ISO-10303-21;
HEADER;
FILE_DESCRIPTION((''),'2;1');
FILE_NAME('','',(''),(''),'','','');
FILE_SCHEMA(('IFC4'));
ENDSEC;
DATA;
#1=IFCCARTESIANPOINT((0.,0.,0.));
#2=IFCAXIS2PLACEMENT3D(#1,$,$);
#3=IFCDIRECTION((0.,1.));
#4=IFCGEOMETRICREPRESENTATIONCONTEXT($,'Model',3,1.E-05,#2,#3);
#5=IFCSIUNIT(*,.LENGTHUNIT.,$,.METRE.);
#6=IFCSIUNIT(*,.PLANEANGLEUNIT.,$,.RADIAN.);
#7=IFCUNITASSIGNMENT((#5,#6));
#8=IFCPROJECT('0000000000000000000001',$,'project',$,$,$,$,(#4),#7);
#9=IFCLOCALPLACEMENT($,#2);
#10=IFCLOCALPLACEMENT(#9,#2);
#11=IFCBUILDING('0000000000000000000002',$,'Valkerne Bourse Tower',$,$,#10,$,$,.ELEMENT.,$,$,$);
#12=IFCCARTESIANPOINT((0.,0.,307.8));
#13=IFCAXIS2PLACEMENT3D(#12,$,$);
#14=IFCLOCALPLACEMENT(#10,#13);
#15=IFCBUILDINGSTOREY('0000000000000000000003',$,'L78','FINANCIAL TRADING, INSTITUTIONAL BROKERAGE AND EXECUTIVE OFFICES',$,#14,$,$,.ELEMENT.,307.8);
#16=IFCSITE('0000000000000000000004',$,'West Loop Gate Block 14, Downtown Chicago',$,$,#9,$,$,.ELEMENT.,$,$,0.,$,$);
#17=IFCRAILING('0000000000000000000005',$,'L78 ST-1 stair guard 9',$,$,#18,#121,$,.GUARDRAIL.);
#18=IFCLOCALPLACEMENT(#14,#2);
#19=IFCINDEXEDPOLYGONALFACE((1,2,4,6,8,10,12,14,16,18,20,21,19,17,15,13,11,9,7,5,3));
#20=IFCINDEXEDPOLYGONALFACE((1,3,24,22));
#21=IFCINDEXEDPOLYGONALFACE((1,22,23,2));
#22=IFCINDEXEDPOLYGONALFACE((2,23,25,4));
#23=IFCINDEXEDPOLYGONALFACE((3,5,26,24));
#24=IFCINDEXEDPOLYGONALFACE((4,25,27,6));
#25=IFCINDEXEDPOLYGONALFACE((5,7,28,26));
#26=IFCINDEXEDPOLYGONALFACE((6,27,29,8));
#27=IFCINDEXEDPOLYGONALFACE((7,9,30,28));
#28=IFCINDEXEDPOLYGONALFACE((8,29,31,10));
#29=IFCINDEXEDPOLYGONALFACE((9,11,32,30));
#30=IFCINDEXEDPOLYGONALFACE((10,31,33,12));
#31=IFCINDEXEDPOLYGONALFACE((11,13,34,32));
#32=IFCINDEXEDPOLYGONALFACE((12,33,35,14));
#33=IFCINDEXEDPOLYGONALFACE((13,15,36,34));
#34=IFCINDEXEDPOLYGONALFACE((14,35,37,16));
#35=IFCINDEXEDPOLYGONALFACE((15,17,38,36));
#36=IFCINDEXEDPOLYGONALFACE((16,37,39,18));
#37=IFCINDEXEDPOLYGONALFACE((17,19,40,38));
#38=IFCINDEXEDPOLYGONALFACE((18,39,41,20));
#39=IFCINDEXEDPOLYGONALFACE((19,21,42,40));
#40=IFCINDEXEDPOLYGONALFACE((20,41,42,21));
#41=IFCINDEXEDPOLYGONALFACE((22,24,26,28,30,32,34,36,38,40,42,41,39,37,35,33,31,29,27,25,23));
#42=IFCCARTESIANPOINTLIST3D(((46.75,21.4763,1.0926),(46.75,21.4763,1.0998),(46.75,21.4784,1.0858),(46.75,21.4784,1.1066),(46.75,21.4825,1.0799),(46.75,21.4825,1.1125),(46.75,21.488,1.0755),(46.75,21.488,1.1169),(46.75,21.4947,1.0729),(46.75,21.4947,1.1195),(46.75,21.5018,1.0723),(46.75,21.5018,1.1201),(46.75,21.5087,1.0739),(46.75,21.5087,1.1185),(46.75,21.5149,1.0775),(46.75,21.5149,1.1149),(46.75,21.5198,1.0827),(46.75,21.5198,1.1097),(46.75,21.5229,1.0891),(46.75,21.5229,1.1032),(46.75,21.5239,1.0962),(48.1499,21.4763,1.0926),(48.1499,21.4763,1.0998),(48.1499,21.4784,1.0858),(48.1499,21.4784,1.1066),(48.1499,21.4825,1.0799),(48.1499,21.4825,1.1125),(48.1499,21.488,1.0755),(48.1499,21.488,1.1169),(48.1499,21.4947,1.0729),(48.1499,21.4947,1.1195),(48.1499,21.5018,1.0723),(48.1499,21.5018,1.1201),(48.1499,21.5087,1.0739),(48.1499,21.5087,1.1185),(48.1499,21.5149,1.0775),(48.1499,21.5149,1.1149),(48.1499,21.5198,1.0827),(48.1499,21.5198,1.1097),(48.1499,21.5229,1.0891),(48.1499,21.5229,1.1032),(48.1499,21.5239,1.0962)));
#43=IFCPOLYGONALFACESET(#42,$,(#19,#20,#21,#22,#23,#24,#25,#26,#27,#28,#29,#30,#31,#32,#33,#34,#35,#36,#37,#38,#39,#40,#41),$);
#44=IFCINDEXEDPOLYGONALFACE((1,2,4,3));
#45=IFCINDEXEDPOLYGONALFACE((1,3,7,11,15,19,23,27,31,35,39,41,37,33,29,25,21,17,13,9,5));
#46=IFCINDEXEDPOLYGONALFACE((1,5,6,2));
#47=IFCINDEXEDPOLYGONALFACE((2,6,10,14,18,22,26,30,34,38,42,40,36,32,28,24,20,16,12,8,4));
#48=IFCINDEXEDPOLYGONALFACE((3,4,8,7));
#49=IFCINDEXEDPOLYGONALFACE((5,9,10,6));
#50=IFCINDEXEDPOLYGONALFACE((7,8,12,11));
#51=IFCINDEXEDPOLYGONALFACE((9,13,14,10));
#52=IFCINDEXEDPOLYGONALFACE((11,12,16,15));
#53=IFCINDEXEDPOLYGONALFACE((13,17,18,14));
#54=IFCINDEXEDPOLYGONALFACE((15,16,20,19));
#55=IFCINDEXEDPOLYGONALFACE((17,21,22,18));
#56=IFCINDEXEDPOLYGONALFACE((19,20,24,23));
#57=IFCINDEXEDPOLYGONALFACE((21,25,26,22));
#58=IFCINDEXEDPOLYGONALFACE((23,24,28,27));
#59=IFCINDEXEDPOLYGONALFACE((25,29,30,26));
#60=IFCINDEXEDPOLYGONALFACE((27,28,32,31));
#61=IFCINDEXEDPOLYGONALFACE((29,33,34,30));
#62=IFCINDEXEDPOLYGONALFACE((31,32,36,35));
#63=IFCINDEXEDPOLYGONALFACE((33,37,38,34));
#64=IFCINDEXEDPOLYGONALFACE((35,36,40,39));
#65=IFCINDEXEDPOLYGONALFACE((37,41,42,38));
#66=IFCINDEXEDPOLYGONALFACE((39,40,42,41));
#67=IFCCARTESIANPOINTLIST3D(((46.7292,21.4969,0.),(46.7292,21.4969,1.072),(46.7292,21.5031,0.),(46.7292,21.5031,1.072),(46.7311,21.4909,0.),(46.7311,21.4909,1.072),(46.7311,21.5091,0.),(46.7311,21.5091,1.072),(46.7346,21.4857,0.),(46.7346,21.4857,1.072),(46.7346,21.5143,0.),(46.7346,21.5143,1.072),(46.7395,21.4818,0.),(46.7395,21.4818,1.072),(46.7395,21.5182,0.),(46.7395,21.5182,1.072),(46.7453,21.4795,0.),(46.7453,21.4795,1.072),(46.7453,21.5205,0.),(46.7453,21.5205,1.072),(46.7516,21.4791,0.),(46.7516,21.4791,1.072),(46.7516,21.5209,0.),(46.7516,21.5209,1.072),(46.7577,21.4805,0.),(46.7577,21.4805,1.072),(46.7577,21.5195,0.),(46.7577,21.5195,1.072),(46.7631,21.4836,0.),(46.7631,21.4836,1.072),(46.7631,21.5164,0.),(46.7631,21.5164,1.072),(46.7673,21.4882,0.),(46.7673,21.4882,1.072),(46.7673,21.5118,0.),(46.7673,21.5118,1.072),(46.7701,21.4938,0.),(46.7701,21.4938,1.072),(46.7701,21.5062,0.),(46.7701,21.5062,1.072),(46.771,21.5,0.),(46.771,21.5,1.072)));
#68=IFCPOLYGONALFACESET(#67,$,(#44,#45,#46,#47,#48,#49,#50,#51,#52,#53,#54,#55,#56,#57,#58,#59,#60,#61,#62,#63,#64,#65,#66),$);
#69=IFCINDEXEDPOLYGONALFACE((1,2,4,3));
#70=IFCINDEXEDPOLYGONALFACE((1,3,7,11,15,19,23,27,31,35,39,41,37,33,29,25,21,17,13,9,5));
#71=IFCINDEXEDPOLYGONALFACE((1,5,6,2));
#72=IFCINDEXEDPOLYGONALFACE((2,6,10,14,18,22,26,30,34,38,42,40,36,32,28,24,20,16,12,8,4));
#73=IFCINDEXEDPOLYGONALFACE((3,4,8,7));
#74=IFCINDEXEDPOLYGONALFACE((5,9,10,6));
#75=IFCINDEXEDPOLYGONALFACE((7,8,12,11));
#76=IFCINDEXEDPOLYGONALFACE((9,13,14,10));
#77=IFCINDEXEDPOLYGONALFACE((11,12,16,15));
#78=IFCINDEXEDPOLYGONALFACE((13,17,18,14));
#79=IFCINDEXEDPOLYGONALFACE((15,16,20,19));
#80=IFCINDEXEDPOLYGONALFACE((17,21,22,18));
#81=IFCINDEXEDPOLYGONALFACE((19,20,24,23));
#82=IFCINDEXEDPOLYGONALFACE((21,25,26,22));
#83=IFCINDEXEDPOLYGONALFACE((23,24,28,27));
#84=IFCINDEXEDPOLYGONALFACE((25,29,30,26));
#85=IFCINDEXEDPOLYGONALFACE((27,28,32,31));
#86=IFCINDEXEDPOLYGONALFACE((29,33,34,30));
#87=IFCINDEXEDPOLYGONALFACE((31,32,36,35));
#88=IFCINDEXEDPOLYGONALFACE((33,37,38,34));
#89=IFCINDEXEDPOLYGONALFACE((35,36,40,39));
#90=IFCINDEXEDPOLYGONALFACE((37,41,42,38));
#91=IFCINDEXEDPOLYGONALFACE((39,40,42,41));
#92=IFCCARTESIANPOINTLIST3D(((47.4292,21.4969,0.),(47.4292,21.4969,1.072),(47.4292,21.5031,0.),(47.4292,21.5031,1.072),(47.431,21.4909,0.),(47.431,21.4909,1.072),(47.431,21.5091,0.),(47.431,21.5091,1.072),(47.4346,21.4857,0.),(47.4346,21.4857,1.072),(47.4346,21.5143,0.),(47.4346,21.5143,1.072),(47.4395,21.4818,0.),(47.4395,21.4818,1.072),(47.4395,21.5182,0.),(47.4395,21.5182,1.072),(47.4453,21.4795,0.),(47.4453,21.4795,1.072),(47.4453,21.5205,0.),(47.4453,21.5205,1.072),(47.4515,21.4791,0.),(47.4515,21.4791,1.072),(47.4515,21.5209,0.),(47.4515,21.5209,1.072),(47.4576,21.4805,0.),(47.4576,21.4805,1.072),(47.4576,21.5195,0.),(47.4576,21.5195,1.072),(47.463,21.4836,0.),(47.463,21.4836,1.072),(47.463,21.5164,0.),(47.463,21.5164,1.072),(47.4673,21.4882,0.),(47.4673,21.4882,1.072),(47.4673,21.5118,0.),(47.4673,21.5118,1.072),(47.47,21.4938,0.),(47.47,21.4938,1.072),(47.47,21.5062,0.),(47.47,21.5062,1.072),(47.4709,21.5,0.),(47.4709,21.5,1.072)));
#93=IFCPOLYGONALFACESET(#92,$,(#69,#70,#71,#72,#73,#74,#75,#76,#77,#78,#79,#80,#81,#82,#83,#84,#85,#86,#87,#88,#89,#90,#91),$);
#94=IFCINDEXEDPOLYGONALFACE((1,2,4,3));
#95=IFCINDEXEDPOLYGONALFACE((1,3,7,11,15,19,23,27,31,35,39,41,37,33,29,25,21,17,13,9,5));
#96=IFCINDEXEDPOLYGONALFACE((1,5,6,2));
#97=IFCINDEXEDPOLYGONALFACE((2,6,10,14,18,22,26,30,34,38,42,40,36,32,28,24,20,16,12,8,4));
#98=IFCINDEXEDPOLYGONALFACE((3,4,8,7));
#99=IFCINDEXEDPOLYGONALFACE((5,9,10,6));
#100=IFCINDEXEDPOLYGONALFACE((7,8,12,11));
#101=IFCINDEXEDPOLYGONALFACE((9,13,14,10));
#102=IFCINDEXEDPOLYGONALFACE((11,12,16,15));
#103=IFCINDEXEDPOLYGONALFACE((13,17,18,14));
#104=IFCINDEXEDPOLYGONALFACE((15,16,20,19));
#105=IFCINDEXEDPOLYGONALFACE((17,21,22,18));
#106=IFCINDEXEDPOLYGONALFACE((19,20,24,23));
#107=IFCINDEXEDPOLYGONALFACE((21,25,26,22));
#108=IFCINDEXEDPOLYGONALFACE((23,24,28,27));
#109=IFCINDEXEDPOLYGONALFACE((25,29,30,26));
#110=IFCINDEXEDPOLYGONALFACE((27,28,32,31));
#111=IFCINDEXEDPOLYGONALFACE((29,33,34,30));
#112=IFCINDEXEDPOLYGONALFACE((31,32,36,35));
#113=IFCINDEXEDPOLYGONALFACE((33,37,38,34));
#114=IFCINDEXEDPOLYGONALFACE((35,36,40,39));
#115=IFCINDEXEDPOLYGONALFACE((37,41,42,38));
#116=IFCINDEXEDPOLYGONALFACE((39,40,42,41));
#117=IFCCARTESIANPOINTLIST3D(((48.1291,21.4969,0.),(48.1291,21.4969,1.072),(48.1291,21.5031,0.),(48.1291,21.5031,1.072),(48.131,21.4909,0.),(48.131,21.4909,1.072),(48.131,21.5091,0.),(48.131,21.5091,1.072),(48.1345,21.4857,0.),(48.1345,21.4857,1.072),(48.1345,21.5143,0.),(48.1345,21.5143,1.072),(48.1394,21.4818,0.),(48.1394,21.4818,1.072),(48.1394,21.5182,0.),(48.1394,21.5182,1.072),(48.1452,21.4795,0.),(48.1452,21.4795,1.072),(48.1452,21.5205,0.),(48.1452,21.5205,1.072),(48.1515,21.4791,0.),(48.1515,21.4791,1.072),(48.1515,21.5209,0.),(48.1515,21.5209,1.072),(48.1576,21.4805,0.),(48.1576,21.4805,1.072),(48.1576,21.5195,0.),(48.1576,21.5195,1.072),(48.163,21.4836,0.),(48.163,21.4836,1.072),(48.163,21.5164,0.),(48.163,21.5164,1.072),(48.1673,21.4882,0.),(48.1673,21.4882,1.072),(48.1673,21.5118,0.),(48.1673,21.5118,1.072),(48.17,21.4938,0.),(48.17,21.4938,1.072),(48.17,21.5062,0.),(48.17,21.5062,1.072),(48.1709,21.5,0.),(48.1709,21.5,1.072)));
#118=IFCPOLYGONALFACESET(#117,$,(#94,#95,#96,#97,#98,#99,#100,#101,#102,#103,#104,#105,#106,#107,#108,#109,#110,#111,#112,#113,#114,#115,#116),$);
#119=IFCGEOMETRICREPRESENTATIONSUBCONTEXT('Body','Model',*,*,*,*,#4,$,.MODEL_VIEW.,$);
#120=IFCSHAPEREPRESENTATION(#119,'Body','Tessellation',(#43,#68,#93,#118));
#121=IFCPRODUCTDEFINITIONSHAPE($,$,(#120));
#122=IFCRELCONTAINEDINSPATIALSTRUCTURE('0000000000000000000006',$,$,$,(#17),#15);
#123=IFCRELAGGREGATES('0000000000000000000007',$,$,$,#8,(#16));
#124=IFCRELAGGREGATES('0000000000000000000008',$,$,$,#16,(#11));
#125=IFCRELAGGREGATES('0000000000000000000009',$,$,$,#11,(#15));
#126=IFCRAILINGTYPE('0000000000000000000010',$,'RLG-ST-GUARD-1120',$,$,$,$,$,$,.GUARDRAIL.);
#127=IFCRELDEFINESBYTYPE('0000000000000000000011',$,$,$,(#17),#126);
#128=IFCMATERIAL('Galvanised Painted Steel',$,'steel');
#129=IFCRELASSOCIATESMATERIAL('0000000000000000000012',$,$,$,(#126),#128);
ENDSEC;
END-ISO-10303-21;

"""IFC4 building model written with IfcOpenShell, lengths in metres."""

from ifc_helpers import new_model, si_unit, direction, frame, origin, origin_2d, place, context, subcontext, project, spatial, circle, extrude, material, type_object, element, save


model = new_model("IFC4")

# Units and contexts
model_context = context("Model", 3, precision=1e-05, world=origin(), true_north=direction((0.0, 1.0)))
body_context = subcontext(model_context, "Body", "Model", "MODEL_VIEW")
ifc_project = project(units=[si_unit("LENGTHUNIT", "METRE"), si_unit("PLANEANGLEUNIT", "RADIAN")], contexts=[model_context])

# Site, building, storey
site_placement = place(None, origin())
site = spatial("IfcSite", under=ifc_project, at=site_placement, Name="West Loop Gate Block 14, Downtown Chicago", CompositionType="ELEMENT", RefElevation=0.0)
building_placement = place(site_placement, origin())
building = spatial("IfcBuilding", under=site, at=building_placement, Name="Valkerne Bourse Tower", CompositionType="ELEMENT")
storey_placement = place(building_placement, frame((0.0, 0.0, 307.8)))
storey = spatial("IfcBuildingStorey", under=building, at=storey_placement, Name="L78", Description="FINANCIAL TRADING, INSTITUTIONAL BROKERAGE AND EXECUTIVE OFFICES", CompositionType="ELEMENT", Elevation=307.8)

# Shared definitions
ifc_material_1 = material(Name="Galvanised Painted Steel", Category="steel")

# Railing
railing_type_1 = type_object("IfcRailingType", Name="RLG-ST-GUARD-1120", PredefinedType="GUARDRAIL", material=ifc_material_1)
for number, where, name in (
    (1, (46.75, 21.5, 0.0), "L78 ST-1 stair guard 9"),
):
    element("IfcRailing", number, at=place(storey_placement, frame(where)), inside=storey, type_object=railing_type_1, Name=name, PredefinedType="GUARDRAIL", context=body_context, shape_type="SweptSolid", body=[
        extrude(circle(Radius=0.0239, at=origin_2d()), frame((0.0, 0.0, 1.0962), z_axis=(1.0, 0.0, 0.0), x_axis=(0.0, 1.0, 0.0)), (0.0, 0.0, 1.0), 1.3999),
        extrude(circle(Radius=0.021, at=origin_2d()), origin(), (0.0, 0.0, 1.0), 1.072),
        extrude(circle(Radius=0.021, at=origin_2d()), frame((0.7, 0.0, 0.0)), (0.0, 0.0, 1.0), 1.072),
        extrude(circle(Radius=0.021, at=origin_2d()), frame((1.3999, 0.0, 0.0)), (0.0, 0.0, 1.0), 1.072),
    ])

save(model, "model.ifc")
